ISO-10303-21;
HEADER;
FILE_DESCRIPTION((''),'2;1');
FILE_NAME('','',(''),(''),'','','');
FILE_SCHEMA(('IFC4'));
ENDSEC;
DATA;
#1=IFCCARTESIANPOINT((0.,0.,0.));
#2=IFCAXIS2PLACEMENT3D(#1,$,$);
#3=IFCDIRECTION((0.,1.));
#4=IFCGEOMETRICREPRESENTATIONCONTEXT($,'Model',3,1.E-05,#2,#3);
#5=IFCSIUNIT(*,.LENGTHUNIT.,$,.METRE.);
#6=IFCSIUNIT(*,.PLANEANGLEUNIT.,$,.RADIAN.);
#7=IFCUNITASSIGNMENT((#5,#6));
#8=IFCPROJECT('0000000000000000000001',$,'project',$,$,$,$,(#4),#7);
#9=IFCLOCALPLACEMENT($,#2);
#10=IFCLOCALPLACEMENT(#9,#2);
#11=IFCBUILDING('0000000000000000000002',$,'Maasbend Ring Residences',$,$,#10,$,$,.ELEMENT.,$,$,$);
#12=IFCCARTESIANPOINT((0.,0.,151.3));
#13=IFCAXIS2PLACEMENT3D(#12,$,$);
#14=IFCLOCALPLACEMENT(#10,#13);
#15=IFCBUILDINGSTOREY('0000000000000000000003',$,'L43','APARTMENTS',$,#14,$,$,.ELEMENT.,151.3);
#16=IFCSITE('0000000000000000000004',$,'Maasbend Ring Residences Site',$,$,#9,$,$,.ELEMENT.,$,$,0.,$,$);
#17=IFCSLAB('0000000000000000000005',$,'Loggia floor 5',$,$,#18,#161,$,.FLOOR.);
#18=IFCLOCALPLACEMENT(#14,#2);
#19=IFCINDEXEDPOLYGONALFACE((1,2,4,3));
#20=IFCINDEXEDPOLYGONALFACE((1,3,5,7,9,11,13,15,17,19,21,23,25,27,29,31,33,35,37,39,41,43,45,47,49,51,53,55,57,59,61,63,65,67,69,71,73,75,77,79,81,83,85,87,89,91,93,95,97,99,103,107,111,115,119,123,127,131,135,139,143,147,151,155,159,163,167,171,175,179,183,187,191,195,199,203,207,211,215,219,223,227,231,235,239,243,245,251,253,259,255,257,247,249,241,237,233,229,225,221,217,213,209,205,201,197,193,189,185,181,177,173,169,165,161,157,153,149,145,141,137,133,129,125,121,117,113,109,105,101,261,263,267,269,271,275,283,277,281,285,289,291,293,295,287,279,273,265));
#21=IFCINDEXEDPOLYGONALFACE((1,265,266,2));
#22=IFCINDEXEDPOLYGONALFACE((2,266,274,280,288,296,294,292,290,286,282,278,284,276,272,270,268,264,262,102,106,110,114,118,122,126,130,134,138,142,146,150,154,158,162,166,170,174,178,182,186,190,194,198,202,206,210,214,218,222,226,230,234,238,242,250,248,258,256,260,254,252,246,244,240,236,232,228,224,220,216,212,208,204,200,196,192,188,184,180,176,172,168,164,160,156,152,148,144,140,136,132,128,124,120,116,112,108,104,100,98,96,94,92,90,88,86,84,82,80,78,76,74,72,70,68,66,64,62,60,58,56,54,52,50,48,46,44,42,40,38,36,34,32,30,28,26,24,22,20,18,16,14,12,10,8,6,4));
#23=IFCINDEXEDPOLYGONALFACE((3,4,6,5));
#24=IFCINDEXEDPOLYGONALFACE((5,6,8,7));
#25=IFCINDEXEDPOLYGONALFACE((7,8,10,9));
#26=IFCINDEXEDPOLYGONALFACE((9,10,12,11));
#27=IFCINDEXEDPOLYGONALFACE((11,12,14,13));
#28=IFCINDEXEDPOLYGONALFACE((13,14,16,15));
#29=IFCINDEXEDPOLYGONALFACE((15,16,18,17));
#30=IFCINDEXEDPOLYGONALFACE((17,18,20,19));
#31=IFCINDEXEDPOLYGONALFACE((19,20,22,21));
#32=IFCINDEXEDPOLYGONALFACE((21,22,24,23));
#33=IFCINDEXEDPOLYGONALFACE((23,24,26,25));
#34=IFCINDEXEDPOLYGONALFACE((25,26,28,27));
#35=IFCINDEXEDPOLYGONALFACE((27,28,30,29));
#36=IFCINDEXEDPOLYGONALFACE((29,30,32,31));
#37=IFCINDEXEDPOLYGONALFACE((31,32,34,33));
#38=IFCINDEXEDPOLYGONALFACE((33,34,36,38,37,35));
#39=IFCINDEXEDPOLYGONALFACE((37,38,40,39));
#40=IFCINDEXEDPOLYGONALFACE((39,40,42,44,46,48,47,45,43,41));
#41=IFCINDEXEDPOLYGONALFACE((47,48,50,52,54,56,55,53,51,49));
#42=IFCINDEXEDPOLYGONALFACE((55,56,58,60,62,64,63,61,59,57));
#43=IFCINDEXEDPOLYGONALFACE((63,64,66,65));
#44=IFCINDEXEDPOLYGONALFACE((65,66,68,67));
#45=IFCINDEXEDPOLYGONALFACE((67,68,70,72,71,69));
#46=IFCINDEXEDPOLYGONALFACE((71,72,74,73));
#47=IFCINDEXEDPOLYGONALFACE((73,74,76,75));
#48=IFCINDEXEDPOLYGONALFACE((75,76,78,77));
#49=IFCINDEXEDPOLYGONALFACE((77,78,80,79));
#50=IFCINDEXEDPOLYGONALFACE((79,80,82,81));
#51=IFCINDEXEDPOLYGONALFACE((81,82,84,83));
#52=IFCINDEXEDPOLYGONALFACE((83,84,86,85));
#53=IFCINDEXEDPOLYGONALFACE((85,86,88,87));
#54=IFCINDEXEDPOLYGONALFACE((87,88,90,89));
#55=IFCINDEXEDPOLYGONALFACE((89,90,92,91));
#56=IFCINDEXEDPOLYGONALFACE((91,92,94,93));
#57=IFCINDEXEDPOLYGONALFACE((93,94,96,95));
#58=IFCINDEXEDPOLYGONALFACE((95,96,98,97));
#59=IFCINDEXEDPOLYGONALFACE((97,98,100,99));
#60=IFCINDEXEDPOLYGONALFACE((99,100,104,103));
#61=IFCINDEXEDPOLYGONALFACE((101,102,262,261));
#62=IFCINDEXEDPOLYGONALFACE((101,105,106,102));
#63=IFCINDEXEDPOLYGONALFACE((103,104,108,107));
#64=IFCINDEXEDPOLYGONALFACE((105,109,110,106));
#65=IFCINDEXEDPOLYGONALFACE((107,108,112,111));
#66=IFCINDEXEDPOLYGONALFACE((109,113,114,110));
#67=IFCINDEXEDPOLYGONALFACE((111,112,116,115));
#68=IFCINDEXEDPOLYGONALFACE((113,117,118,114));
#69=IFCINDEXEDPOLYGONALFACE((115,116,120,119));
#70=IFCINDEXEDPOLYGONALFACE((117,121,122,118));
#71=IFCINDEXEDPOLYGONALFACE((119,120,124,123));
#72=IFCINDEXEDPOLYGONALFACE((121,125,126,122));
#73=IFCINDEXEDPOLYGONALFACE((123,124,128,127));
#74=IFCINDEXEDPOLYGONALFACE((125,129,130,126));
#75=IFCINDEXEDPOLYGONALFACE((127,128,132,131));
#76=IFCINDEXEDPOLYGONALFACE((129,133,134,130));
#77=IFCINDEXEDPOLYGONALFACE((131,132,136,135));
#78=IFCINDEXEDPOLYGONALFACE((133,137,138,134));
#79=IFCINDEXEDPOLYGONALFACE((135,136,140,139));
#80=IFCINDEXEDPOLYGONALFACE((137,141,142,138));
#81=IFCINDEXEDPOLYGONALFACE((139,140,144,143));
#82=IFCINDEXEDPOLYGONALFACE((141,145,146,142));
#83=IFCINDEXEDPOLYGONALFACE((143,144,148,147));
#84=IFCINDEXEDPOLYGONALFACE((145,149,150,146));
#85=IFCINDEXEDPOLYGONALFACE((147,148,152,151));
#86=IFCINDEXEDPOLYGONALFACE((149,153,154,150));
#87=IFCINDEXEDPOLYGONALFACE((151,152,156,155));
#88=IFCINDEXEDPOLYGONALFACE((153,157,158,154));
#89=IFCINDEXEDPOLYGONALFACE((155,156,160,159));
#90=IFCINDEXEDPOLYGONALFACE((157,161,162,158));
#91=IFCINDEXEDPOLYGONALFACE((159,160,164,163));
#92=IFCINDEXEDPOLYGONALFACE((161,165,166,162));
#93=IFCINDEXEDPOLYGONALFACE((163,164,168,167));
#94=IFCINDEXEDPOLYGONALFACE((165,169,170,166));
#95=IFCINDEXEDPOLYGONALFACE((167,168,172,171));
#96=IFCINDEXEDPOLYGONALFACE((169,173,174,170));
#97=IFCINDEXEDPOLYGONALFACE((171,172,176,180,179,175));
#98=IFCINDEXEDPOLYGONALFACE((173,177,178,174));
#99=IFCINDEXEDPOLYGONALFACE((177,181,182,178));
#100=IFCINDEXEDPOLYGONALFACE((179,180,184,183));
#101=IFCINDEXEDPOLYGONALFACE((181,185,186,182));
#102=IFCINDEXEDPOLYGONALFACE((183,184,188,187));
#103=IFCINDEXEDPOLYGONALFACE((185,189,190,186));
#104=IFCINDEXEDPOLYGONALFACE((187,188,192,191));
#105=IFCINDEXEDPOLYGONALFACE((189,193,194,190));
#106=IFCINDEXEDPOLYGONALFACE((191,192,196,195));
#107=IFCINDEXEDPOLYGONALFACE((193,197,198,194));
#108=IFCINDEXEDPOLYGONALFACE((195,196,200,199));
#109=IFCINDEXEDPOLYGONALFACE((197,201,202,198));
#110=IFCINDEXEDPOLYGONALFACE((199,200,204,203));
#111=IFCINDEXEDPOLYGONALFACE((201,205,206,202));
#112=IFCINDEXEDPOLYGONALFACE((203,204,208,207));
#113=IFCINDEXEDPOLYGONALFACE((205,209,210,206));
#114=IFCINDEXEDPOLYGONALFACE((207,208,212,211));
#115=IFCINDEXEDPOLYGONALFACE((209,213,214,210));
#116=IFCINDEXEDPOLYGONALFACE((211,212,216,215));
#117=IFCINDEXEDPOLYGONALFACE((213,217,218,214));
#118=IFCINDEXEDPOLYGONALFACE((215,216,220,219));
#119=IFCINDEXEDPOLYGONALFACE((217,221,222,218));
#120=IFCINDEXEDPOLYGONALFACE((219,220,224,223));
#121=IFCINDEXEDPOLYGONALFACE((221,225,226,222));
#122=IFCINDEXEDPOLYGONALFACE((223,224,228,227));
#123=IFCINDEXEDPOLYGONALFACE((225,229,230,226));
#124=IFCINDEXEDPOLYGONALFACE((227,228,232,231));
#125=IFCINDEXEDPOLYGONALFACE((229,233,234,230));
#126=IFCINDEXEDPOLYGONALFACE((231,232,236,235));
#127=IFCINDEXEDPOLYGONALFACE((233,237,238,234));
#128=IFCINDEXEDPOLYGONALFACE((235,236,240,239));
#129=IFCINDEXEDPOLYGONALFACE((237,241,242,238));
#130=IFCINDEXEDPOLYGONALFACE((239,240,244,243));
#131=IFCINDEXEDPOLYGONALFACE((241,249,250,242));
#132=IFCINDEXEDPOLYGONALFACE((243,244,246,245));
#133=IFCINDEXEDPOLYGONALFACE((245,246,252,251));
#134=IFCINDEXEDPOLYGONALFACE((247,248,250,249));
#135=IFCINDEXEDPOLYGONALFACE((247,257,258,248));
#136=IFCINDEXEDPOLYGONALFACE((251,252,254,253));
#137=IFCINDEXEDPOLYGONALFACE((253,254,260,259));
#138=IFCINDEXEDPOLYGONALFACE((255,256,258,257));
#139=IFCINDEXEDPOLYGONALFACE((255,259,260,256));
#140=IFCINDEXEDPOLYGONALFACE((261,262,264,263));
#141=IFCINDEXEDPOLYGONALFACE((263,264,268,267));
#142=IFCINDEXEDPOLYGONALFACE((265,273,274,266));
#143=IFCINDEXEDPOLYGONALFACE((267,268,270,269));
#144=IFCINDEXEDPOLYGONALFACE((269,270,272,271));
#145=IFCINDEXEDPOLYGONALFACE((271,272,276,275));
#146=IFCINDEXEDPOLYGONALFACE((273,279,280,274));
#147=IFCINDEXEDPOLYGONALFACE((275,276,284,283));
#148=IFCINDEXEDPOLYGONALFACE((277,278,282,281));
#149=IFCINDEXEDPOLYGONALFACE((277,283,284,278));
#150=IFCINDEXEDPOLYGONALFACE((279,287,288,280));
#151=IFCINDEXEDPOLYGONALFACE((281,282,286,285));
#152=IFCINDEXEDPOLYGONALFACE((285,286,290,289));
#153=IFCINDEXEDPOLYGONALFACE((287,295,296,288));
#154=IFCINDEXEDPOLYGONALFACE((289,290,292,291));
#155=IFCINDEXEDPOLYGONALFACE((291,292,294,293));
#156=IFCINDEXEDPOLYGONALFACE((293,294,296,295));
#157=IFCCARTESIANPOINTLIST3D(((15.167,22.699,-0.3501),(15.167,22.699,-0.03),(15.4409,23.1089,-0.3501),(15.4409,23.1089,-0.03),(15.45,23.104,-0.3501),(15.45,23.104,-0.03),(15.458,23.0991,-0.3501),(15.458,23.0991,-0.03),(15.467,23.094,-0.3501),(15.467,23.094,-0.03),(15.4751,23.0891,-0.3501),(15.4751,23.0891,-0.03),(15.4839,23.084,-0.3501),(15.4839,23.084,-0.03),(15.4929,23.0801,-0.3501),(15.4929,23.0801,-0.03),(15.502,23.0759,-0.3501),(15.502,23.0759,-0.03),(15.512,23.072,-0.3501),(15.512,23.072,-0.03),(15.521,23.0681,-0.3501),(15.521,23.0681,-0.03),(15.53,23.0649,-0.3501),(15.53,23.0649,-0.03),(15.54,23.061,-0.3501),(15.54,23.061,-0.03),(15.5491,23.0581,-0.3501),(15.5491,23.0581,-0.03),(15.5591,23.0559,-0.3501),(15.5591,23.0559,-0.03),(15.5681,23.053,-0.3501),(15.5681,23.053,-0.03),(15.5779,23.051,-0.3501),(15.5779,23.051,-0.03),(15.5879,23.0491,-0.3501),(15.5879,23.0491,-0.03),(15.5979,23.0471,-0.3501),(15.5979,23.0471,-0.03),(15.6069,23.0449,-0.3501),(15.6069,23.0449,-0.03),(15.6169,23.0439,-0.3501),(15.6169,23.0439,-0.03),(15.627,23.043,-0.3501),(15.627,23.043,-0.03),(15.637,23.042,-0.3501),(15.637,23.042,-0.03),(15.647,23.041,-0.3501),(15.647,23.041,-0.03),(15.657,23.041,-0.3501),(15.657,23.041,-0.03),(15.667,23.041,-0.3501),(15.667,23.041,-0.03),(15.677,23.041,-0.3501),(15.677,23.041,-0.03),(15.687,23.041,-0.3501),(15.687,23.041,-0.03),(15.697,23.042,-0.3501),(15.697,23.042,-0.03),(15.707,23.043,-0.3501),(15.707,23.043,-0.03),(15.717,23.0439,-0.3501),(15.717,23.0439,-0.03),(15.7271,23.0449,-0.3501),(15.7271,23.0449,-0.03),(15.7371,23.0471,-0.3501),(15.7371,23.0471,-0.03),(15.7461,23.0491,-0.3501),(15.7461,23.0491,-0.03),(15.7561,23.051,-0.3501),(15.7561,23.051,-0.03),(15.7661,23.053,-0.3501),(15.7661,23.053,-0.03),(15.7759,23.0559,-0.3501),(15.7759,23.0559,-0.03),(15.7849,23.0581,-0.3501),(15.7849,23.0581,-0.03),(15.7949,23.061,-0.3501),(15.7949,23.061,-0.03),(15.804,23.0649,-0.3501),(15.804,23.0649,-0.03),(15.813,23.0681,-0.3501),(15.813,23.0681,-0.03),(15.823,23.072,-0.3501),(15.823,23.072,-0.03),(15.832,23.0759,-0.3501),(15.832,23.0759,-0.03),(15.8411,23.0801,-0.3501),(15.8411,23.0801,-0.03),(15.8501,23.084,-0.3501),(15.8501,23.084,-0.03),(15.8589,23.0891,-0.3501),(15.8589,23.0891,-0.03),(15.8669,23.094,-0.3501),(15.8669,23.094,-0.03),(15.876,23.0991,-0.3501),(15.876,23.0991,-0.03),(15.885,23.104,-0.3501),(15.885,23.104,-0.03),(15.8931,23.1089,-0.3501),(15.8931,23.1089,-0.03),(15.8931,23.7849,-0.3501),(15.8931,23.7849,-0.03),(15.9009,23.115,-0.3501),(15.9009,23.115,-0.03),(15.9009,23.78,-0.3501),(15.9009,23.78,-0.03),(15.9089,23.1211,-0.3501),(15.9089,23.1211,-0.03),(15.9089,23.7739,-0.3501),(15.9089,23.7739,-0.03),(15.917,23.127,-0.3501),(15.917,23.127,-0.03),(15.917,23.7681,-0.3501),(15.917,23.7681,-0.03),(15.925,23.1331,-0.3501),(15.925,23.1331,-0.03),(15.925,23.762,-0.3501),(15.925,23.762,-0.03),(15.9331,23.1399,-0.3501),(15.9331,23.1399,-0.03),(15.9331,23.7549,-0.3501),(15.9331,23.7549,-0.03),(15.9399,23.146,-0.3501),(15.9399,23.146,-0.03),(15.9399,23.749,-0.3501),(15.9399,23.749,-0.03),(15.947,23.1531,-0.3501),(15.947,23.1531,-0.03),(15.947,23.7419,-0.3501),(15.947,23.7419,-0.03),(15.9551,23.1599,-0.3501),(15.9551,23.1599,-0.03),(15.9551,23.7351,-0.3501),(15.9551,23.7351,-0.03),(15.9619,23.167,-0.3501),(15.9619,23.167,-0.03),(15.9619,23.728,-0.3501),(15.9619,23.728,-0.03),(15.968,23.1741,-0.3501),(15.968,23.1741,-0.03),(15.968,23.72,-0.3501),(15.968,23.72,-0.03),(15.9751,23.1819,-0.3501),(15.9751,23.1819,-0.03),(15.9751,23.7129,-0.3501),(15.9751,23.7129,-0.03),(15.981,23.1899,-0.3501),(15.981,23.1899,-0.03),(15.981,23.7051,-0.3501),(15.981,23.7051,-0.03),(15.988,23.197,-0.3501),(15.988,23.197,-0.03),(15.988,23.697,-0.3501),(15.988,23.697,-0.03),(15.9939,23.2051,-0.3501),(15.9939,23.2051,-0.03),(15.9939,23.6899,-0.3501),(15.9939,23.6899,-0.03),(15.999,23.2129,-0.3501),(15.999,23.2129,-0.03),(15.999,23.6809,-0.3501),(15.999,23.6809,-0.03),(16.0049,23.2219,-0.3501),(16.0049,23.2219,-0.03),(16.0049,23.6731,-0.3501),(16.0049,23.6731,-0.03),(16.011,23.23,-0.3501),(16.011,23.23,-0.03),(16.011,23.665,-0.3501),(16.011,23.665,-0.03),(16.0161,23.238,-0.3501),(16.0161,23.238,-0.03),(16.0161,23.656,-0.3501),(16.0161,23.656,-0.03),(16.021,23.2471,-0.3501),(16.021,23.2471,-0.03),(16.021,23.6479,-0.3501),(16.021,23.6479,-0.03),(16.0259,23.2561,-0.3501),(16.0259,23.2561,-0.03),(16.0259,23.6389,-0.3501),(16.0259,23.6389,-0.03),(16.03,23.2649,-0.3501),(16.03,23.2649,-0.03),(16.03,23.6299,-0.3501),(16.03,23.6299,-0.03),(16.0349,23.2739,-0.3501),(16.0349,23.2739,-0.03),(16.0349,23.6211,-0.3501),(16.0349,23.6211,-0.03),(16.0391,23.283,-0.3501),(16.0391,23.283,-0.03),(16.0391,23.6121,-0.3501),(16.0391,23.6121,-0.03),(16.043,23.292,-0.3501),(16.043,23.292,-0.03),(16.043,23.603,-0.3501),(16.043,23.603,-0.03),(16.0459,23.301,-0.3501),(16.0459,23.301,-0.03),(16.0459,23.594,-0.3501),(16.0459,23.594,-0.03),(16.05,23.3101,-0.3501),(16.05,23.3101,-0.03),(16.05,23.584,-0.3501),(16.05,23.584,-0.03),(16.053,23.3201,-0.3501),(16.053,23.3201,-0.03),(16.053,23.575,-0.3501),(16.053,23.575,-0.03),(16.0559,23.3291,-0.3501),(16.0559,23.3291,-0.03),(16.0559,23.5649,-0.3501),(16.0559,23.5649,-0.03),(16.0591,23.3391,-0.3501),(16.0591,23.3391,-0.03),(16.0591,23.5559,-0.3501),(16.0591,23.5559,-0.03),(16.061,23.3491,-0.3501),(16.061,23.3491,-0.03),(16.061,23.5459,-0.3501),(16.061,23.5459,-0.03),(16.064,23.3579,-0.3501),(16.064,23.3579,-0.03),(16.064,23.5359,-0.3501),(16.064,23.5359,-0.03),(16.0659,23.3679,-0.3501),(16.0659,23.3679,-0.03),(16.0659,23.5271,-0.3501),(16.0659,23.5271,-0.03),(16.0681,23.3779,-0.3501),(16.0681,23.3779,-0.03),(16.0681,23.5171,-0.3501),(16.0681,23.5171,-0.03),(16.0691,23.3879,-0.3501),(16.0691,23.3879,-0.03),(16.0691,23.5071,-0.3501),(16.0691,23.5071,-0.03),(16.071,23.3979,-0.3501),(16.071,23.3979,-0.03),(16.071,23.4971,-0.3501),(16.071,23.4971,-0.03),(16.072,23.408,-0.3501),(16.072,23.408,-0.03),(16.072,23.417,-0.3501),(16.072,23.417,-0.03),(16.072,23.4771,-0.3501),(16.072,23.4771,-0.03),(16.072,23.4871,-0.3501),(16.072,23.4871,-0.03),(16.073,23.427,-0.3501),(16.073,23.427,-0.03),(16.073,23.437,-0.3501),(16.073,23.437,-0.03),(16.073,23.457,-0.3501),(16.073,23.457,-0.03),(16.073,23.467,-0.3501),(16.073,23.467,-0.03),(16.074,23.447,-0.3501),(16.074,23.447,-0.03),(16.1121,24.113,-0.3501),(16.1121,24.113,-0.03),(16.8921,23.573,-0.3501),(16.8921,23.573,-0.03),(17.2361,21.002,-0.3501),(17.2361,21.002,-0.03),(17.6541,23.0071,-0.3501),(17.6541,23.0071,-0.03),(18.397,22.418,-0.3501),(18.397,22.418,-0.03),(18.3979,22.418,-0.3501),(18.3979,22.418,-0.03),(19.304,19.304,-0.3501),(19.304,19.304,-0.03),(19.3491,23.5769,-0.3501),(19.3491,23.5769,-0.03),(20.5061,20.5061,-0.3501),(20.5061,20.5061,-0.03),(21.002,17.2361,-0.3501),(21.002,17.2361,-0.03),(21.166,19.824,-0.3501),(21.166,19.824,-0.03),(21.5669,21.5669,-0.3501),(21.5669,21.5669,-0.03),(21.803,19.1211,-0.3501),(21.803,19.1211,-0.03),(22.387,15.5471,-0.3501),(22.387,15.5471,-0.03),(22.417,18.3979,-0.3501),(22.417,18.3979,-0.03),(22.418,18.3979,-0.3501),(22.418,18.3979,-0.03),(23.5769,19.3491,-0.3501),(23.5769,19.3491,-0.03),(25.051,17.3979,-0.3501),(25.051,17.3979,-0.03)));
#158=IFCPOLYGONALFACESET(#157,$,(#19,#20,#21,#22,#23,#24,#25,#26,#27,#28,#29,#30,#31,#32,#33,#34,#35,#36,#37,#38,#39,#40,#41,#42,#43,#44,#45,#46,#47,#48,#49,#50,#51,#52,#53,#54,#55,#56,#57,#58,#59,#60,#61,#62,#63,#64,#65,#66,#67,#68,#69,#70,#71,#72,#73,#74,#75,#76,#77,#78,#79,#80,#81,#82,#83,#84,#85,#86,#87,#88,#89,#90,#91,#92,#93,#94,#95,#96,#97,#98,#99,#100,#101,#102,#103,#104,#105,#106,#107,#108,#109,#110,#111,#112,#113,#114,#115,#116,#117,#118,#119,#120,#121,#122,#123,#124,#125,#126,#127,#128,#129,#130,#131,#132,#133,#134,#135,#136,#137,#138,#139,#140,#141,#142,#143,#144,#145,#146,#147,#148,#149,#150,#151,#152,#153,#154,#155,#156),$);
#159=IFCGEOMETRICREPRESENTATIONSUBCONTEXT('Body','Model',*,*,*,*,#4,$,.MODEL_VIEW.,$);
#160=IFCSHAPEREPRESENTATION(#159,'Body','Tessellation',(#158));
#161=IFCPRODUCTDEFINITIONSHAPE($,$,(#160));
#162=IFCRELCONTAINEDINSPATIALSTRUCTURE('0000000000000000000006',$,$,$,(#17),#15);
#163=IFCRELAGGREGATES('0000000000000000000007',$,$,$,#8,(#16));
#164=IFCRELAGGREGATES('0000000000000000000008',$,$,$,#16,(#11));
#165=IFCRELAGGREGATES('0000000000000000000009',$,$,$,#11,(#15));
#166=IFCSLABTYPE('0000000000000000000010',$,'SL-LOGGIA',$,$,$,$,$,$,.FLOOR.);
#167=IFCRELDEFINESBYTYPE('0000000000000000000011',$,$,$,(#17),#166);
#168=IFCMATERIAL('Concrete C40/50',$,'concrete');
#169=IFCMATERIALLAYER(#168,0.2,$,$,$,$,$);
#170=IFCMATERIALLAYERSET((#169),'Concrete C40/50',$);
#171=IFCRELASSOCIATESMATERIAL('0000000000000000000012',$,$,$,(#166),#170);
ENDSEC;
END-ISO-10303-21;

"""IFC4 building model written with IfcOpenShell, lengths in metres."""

from ifc_helpers import new_model, si_unit, direction, frame, origin, place, context, subcontext, project, spatial, polyline, outline, extrude, material, layer, layer_set, type_object, element, save


model = new_model("IFC4")

# Units and contexts
model_context = context("Model", 3, precision=1e-05, world=origin(), true_north=direction((0.0, 1.0)))
body_context = subcontext(model_context, "Body", "Model", "MODEL_VIEW")
ifc_project = project(units=[si_unit("LENGTHUNIT", "METRE"), si_unit("PLANEANGLEUNIT", "RADIAN")], contexts=[model_context])

# Site, building, storey
site_placement = place(None, origin())
site = spatial("IfcSite", under=ifc_project, at=site_placement, Name="Maasbend Ring Residences Site", CompositionType="ELEMENT", RefElevation=0.0)
building_placement = place(site_placement, origin())
building = spatial("IfcBuilding", under=site, at=building_placement, Name="Maasbend Ring Residences", CompositionType="ELEMENT")
storey_placement = place(building_placement, frame((0.0, 0.0, 151.3)))
storey = spatial("IfcBuildingStorey", under=building, at=storey_placement, Name="L43", Description="APARTMENTS", CompositionType="ELEMENT", Elevation=151.3)

# Slab
ifc_material_1 = material(Name="Concrete C40/50", Category="concrete")
ifc_layer_1 = layer(ifc_material_1, 0.2)
ifc_layer_set_1 = layer_set([ifc_layer_1], Name="Concrete C40/50")
slab_type_1 = type_object("IfcSlabType", Name="SL-LOGGIA", PredefinedType="FLOOR", material=ifc_layer_set_1)
slab_1_placement = place(storey_placement, frame((0.0, 0.0, -0.3501)))
element("IfcSlab", 1, at=slab_1_placement, inside=storey, type_object=slab_type_1, Name="Loggia floor 5", PredefinedType="FLOOR", context=body_context, shape_type="SweptSolid", body=[
    extrude(outline(polyline([(15.458, 23.0991), (15.467, 23.094), (15.4751, 23.0891), (15.4839, 23.084), (15.4929, 23.0801), (15.502, 23.0759), (15.512, 23.072), (15.521, 23.0681), (15.53, 23.0649), (15.54, 23.061), (15.5491, 23.0581), (15.5591, 23.0559), (15.5681, 23.053), (15.5779, 23.051), (15.5879, 23.0491), (15.5979, 23.0471), (15.6069, 23.0449), (15.6169, 23.0439), (15.627, 23.043), (15.637, 23.042), (15.647, 23.041), (15.657, 23.041), (15.667, 23.041), (15.677, 23.041), (15.687, 23.041), (15.697, 23.042), (15.707, 23.043), (15.717, 23.0439), (15.7271, 23.0449), (15.7371, 23.0471), (15.7461, 23.0491), (15.7561, 23.051), (15.7661, 23.053), (15.7759, 23.0559), (15.7849, 23.0581), (15.7949, 23.061), (15.804, 23.0649), (15.813, 23.0681), (15.823, 23.072), (15.832, 23.0759), (15.8411, 23.0801), (15.8501, 23.084), (15.8589, 23.0891), (15.8669, 23.094), (15.876, 23.0991), (15.885, 23.104), (15.8931, 23.1089), (15.9009, 23.115), (15.9089, 23.1211), (15.917, 23.127), (15.925, 23.1331), (15.9331, 23.1399), (15.9399, 23.146), (15.947, 23.1531), (15.9551, 23.1599), (15.9619, 23.167), (15.968, 23.1741), (15.9751, 23.1819), (15.981, 23.1899), (15.988, 23.197), (15.9939, 23.2051), (15.999, 23.2129), (16.0049, 23.2219), (16.011, 23.23), (16.0161, 23.238), (16.021, 23.2471), (16.0259, 23.2561), (16.03, 23.2649), (16.0349, 23.2739), (16.0391, 23.283), (16.043, 23.292), (16.0459, 23.301), (16.05, 23.3101), (16.053, 23.3201), (16.0559, 23.3291), (16.0591, 23.3391), (16.061, 23.3491), (16.064, 23.3579), (16.0659, 23.3679), (16.0681, 23.3779), (16.0691, 23.3879), (16.071, 23.3979), (16.072, 23.408), (16.072, 23.417), (16.073, 23.427), (16.073, 23.437), (16.074, 23.447), (16.073, 23.457), (16.073, 23.467), (16.072, 23.4771), (16.072, 23.4871), (16.071, 23.4971), (16.0691, 23.5071), (16.0681, 23.5171), (16.0659, 23.5271), (16.064, 23.5359), (16.061, 23.5459), (16.0591, 23.5559), (16.0559, 23.5649), (16.053, 23.575), (16.05, 23.584), (16.0459, 23.594), (16.043, 23.603), (16.0391, 23.6121), (16.0349, 23.6211), (16.03, 23.6299), (16.0259, 23.6389), (16.021, 23.6479), (16.0161, 23.656), (16.011, 23.665), (16.0049, 23.6731), (15.999, 23.6809), (15.9939, 23.6899), (15.988, 23.697), (15.981, 23.7051), (15.9751, 23.7129), (15.968, 23.72), (15.9619, 23.728), (15.9551, 23.7351), (15.947, 23.7419), (15.9399, 23.749), (15.9331, 23.7549), (15.925, 23.762), (15.917, 23.7681), (15.9089, 23.7739), (15.9009, 23.78), (15.8931, 23.7849), (15.8931, 23.7849), (16.1121, 24.113), (16.1121, 24.113), (16.1121, 24.113), (16.8921, 23.573), (16.8921, 23.573), (17.6541, 23.0071), (17.6541, 23.0071), (18.397, 22.418), (18.397, 22.418), (18.397, 22.418), (18.397, 22.418), (18.397, 22.418), (18.397, 22.418), (18.397, 22.418), (18.397, 22.418), (18.397, 22.418), (18.397, 22.418), (18.397, 22.418), (18.3979, 22.418), (18.3979, 22.418), (18.3979, 22.418), (18.3979, 22.418), (18.3979, 22.418), (18.3979, 22.418), (19.3491, 23.5769), (19.3491, 23.5769), (19.3491, 23.5769), (21.5669, 21.5669), (21.5669, 21.5669), (21.5669, 21.5669), (20.5061, 20.5061), (20.5061, 20.5061), (20.5061, 20.5061), (20.5061, 20.5061), (20.5061, 20.5061), (20.5061, 20.5061), (20.5061, 20.5061), (20.5061, 20.5061), (20.5061, 20.5061), (20.5061, 20.5061), (20.5061, 20.5061), (20.5061, 20.5061), (20.5061, 20.5061), (20.5061, 20.5061), (20.5061, 20.5061), (20.5061, 20.5061), (20.5061, 20.5061), (21.166, 19.824), (21.166, 19.824), (21.803, 19.1211), (21.803, 19.1211), (22.417, 18.3979), (22.417, 18.3979), (22.417, 18.3979), (22.417, 18.3979), (22.417, 18.3979), (22.417, 18.3979), (22.417, 18.3979), (22.417, 18.3979), (22.417, 18.3979), (22.417, 18.3979), (22.417, 18.3979), (22.417, 18.3979), (22.418, 18.3979), (22.418, 18.3979), (22.418, 18.3979), (22.418, 18.3979), (22.418, 18.3979), (23.5769, 19.3491), (23.5769, 19.3491), (23.5769, 19.3491), (25.051, 17.3979), (25.051, 17.3979), (25.051, 17.3979), (22.387, 15.5471), (22.387, 15.5471), (22.387, 15.5471), (21.002, 17.2361), (19.304, 19.304), (19.304, 19.304), (19.304, 19.304), (17.2361, 21.002), (15.167, 22.699), (15.167, 22.699), (15.167, 22.699), (15.4409, 23.1089), (15.4409, 23.1089), (15.45, 23.104), (15.458, 23.0991)])), origin(), (0.0, 0.0, 1.0), 0.3201),
])

save(model, "model.ifc")
